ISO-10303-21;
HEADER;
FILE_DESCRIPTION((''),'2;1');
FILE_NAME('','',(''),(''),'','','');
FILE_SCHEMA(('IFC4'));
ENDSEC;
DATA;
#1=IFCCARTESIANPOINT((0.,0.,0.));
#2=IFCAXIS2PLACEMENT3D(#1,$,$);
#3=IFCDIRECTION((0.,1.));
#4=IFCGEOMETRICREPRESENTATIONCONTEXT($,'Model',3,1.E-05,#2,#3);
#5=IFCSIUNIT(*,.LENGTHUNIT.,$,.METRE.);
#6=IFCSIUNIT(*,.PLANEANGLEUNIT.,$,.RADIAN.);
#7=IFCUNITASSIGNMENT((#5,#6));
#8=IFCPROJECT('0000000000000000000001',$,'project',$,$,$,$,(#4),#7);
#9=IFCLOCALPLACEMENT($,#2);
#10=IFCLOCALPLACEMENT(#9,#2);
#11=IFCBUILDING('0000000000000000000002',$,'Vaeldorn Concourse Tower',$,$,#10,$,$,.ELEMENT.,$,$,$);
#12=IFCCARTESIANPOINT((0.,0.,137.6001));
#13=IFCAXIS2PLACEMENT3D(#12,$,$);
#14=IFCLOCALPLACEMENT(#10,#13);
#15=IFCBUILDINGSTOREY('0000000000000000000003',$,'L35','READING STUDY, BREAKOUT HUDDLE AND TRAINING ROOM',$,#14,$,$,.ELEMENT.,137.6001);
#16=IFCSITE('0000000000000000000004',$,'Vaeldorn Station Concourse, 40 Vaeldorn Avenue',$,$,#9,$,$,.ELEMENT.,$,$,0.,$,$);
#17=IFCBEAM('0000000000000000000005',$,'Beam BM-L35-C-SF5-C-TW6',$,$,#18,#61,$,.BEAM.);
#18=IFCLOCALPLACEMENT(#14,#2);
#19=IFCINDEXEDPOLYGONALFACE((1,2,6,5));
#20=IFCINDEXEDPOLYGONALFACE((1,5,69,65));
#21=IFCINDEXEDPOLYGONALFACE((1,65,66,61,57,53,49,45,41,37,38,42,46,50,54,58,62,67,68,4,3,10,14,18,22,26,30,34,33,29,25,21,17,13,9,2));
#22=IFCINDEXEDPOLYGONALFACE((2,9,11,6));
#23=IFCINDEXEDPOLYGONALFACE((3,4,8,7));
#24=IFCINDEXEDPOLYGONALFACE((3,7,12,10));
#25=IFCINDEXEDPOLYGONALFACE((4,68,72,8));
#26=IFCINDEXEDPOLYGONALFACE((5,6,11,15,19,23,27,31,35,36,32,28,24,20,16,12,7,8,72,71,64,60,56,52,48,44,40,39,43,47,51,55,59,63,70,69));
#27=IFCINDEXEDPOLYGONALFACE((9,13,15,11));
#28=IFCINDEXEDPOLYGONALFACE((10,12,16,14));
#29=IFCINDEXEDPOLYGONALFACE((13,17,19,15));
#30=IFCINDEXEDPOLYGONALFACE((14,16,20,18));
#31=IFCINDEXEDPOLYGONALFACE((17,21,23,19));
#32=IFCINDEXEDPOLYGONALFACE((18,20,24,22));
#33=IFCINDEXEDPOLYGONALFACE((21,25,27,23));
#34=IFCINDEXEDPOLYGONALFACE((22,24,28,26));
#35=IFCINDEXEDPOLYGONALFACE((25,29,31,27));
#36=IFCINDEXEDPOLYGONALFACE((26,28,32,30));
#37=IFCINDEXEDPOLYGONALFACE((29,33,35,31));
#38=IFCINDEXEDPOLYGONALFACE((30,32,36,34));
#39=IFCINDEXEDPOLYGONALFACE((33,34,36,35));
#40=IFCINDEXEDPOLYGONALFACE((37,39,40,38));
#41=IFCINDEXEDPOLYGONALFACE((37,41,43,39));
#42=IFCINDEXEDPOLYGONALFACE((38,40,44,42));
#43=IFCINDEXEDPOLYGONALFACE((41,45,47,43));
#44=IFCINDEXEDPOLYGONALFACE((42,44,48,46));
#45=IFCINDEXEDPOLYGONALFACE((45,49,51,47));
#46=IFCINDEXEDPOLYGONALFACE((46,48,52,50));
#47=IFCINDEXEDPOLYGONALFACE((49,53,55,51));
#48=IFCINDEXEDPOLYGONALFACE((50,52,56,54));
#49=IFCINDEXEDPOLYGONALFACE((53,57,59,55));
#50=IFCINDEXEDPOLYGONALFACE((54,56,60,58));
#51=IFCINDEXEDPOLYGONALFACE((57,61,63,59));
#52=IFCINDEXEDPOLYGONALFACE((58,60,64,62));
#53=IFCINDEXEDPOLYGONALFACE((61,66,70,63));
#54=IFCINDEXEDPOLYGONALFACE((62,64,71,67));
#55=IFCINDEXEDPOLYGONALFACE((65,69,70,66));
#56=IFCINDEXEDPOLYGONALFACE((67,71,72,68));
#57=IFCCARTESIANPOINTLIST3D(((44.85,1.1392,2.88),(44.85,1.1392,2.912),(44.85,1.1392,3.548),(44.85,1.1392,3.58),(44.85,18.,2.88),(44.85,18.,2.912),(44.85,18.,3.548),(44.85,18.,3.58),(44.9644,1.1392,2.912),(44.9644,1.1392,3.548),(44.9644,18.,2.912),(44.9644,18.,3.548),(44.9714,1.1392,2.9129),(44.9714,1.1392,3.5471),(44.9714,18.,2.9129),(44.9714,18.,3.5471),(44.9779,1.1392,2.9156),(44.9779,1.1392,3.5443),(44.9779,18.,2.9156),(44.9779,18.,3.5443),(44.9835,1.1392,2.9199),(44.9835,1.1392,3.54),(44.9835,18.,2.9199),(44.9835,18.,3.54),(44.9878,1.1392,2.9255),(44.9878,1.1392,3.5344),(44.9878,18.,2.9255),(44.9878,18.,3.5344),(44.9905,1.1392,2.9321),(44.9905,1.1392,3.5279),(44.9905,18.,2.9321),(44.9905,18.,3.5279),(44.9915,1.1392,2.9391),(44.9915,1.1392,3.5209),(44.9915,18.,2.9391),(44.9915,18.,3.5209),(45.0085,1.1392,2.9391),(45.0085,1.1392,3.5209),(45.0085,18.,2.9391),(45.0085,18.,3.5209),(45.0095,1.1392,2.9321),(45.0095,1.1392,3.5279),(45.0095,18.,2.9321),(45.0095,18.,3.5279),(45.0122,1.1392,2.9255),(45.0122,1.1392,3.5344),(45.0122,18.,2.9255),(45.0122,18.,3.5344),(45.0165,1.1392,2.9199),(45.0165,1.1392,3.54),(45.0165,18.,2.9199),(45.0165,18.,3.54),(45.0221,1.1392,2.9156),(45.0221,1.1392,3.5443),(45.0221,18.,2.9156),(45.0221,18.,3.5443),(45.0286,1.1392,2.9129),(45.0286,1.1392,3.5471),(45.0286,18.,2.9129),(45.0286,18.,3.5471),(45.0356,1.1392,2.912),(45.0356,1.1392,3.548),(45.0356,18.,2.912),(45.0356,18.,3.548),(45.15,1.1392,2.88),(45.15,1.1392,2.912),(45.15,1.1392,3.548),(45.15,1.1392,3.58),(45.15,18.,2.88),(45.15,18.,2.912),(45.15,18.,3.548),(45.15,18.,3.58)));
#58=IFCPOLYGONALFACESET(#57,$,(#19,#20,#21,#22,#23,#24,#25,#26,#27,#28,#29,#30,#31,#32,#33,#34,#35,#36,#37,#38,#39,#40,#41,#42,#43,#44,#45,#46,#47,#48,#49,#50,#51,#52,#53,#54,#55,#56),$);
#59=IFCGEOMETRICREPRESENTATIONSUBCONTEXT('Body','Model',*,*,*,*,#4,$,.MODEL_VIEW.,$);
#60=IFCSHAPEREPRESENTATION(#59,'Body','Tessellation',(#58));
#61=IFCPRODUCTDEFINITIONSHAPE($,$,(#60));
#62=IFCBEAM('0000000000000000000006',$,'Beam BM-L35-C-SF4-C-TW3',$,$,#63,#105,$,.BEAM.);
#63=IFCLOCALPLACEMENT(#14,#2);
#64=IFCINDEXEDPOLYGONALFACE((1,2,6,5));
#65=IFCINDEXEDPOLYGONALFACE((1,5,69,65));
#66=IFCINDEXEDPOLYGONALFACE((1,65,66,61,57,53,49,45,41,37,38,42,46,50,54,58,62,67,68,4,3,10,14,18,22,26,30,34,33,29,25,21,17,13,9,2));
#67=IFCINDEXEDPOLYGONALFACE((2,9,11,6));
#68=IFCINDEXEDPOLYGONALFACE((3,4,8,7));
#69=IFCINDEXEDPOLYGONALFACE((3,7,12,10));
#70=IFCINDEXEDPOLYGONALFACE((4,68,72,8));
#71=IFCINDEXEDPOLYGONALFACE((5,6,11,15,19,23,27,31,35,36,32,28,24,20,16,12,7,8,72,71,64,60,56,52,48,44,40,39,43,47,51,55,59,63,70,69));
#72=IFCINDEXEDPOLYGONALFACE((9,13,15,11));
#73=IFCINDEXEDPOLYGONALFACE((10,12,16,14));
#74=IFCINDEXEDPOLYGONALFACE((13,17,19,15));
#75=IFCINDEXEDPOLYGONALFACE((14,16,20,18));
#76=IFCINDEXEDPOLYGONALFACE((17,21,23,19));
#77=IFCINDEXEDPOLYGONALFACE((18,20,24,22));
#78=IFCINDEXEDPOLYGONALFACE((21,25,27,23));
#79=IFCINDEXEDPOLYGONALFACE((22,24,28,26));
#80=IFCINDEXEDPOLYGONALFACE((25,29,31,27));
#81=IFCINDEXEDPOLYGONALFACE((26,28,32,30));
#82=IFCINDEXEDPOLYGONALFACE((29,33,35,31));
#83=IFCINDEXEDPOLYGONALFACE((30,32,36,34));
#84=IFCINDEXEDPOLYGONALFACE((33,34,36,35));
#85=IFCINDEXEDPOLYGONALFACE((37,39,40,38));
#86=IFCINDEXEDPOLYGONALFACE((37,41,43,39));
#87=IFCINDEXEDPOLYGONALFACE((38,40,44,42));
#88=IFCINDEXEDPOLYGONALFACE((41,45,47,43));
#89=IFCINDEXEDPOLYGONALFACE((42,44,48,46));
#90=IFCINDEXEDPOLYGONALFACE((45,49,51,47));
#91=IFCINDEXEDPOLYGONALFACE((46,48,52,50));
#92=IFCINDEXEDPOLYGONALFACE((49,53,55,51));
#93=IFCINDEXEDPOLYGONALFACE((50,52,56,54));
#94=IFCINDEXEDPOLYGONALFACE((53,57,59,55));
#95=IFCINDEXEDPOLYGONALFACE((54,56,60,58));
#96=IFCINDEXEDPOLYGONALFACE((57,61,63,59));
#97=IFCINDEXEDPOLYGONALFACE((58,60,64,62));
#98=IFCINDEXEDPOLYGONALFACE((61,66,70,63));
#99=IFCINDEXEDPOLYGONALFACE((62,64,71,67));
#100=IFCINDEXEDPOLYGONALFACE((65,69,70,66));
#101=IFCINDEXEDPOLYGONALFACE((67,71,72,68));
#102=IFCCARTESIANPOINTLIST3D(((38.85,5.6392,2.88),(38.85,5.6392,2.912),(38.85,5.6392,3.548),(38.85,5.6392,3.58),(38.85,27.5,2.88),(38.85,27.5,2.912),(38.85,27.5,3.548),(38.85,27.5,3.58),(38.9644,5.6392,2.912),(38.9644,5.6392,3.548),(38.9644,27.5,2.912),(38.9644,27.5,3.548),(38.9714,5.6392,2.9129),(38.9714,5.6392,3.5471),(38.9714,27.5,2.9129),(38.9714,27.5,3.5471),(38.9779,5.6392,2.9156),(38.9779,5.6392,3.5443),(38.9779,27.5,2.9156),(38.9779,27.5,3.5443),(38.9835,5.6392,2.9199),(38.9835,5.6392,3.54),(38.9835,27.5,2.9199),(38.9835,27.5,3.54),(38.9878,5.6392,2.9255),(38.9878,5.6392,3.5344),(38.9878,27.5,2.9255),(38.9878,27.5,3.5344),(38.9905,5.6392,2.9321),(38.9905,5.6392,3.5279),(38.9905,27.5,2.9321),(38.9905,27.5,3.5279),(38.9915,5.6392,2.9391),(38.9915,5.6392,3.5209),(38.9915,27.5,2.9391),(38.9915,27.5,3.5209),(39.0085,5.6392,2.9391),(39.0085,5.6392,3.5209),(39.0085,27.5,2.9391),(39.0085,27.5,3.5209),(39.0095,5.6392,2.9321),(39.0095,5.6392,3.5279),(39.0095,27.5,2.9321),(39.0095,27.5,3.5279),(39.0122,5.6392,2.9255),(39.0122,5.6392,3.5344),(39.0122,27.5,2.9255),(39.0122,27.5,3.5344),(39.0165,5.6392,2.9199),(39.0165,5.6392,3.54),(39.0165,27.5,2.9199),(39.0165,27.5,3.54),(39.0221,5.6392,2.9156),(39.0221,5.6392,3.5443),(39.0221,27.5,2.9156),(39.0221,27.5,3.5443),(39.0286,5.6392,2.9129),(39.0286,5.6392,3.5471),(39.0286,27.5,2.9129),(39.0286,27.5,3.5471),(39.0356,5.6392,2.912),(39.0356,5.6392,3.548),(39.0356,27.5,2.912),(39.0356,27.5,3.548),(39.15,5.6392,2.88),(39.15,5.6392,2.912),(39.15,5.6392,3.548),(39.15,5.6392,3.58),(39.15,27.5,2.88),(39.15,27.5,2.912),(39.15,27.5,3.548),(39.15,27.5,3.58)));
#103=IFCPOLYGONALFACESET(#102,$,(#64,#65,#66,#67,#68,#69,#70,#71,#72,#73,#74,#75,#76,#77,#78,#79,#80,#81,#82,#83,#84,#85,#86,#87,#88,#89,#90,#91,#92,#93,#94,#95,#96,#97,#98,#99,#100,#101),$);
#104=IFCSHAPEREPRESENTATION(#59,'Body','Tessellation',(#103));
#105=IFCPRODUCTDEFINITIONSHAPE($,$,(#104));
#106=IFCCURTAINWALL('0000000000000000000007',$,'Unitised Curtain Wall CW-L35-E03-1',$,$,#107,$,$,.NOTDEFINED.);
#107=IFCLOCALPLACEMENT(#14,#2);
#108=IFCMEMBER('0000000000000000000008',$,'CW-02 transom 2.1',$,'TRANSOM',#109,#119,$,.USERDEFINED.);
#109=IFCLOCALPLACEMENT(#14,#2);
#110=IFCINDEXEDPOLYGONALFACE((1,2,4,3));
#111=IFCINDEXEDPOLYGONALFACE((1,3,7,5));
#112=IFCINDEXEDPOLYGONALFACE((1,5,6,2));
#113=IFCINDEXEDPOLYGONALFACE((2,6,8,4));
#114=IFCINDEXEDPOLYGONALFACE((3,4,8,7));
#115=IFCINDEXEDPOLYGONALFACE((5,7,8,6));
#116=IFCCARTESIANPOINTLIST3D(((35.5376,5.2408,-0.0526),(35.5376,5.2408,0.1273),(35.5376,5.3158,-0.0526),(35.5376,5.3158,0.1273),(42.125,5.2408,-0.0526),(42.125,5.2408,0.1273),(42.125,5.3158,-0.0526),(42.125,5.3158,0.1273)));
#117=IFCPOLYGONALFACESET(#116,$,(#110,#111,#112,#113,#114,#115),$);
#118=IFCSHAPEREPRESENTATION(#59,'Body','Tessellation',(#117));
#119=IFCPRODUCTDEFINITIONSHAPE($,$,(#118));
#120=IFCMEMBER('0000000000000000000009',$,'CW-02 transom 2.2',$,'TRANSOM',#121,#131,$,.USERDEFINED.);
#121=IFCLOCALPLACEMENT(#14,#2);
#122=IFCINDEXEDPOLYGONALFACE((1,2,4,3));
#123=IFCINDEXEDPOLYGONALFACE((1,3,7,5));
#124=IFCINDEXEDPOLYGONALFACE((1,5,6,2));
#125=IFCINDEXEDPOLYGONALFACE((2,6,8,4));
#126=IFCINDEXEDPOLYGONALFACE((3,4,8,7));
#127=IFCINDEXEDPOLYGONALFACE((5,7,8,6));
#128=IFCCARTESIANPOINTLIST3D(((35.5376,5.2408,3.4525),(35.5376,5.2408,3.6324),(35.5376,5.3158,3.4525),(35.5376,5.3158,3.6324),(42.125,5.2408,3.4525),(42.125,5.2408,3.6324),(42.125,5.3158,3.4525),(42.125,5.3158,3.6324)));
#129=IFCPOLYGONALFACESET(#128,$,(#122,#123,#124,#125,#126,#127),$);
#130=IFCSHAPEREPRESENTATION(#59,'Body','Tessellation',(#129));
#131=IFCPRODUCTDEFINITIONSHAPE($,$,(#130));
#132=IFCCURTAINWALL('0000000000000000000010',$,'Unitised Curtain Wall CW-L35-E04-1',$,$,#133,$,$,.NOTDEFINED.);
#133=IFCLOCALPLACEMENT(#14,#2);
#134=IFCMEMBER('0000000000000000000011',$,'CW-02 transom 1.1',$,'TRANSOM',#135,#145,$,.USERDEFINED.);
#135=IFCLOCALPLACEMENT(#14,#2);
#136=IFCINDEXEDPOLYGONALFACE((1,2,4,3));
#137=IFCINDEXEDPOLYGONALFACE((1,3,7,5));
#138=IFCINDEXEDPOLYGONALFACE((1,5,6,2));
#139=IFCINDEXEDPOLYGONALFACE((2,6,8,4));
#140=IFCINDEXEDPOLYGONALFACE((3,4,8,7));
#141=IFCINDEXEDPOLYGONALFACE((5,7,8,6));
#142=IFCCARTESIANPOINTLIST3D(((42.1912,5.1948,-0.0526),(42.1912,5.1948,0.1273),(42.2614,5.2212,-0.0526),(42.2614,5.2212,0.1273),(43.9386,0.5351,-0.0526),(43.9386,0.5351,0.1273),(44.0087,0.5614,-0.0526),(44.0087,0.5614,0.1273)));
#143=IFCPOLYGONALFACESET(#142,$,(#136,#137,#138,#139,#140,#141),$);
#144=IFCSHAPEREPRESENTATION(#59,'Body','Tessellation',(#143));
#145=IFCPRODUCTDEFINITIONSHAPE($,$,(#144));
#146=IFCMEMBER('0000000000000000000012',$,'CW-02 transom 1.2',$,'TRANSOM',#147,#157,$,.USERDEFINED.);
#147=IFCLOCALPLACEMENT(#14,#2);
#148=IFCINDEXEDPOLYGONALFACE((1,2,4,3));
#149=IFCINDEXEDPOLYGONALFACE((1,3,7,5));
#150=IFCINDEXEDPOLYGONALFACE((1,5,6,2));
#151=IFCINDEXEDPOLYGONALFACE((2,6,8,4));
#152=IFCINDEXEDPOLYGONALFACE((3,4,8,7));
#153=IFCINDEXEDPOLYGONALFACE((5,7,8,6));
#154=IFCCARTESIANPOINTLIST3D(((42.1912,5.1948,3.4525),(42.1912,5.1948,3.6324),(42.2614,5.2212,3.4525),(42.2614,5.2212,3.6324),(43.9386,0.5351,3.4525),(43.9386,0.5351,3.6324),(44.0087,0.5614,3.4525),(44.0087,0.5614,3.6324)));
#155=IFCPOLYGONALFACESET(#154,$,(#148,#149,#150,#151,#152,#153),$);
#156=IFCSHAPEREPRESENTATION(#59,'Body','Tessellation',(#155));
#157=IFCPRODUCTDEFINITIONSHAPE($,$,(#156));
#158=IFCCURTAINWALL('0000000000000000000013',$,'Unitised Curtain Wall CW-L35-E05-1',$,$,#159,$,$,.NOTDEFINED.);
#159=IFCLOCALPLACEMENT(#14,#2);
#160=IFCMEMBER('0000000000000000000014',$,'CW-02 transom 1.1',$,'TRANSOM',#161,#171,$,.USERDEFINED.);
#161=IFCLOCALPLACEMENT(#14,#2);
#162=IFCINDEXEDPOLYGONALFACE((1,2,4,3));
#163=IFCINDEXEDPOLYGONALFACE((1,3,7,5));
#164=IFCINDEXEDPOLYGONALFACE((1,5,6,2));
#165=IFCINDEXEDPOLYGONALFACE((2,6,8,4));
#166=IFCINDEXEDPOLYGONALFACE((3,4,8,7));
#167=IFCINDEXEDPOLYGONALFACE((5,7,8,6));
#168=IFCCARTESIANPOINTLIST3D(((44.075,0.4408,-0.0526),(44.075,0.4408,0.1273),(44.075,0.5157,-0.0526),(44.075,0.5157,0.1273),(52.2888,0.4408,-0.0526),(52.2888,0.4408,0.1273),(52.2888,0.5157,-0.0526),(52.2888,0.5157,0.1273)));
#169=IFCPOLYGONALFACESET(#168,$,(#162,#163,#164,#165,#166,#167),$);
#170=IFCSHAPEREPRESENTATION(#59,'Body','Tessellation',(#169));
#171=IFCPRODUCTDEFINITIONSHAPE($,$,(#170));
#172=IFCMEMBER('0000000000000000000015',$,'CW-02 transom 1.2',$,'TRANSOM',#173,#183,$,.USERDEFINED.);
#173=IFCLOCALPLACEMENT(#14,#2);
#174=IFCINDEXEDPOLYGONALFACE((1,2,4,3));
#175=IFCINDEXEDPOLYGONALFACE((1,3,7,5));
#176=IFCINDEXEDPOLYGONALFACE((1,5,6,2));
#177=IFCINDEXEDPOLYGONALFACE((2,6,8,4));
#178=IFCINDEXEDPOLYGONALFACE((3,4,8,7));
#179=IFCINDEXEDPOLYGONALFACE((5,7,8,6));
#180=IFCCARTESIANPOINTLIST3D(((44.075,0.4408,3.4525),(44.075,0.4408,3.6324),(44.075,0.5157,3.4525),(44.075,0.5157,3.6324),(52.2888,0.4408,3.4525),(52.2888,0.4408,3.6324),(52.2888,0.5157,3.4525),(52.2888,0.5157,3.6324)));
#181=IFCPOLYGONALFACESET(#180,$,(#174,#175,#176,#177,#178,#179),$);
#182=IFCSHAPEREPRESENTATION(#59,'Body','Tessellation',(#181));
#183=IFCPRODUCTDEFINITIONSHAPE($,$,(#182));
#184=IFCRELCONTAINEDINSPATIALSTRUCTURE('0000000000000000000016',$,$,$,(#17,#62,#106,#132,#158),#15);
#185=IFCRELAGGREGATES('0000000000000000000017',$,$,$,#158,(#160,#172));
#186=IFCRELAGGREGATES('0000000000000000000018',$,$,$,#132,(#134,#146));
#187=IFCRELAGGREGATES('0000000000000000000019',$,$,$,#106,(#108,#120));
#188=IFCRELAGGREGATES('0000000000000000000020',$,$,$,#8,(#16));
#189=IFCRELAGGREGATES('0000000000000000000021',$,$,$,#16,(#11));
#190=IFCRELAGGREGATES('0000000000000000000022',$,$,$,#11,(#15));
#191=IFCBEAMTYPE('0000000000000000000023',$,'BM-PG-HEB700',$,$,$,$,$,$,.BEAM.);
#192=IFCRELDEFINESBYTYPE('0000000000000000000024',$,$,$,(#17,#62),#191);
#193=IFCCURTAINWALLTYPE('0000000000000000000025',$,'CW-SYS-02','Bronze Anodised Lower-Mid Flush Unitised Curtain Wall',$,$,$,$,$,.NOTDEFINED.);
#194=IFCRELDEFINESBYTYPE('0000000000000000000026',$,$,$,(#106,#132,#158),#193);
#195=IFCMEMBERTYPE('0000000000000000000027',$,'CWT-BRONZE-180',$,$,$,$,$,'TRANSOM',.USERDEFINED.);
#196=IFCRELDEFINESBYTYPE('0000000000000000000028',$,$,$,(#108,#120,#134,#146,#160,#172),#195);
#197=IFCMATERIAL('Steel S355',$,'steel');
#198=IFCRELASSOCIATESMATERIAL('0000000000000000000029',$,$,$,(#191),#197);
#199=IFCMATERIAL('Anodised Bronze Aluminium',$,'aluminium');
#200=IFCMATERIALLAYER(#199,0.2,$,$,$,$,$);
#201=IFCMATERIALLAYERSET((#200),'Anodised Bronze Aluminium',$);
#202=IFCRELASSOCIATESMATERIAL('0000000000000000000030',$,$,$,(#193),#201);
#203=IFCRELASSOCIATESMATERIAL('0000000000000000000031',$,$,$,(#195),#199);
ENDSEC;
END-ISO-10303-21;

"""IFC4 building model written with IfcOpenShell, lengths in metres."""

from ifc_helpers import new_model, si_unit, direction, frame, origin, origin_2d, place, context, subcontext, project, spatial, rectangle, i_section, extrude, source, transform, mapped, material, layer, layer_set, material_profile, profile_set, type_object, element, aggregate, save


model = new_model("IFC4")

# Units and contexts
model_context = context("Model", 3, precision=1e-05, world=origin(), true_north=direction((0.0, 1.0)))
body_context = subcontext(model_context, "Body", "Model", "MODEL_VIEW")
ifc_project = project(units=[si_unit("LENGTHUNIT", "METRE"), si_unit("PLANEANGLEUNIT", "RADIAN")], contexts=[model_context])

# Site, building, storey
site_placement = place(None, origin())
site = spatial("IfcSite", under=ifc_project, at=site_placement, Name="Vaeldorn Station Concourse, 40 Vaeldorn Avenue", CompositionType="ELEMENT", RefElevation=0.0)
building_placement = place(site_placement, origin())
building = spatial("IfcBuilding", under=site, at=building_placement, Name="Vaeldorn Concourse Tower", CompositionType="ELEMENT")
storey_placement = place(building_placement, frame((0.0, 0.0, 137.6001)))
storey = spatial("IfcBuildingStorey", under=building, at=storey_placement, Name="L35", Description="READING STUDY, BREAKOUT HUDDLE AND TRAINING ROOM", CompositionType="ELEMENT", Elevation=137.6001)

# Beams
ifc_material_1 = material(Name="Steel S355", Category="steel")
ifc_material_profile_1 = material_profile(ifc_material_1, i_section(OverallWidth=0.3, OverallDepth=0.7, WebThickness=0.0171, FlangeThickness=0.032, FilletRadius=0.0271, at=origin_2d()), Name="HEB 700")
ifc_profile_set_1 = profile_set([ifc_material_profile_1], Name="Steel S355")
beam_type_1 = type_object("IfcBeamType", Name="BM-PG-HEB700", PredefinedType="BEAM", material=ifc_profile_set_1)
shared_shape_1 = source(origin(), body_context, "Body", "SweptSolid", [
    extrude(i_section(OverallWidth=0.3, OverallDepth=0.7, WebThickness=0.0171, FlangeThickness=0.032, FilletRadius=0.0271, at=origin_2d()), origin(), (0.0, 0.0, 1.0), 16.8608),
])
beam_1_placement = place(storey_placement, frame((45.0, 1.1392, 3.23), z_axis=(0.0, 1.0, 0.0), x_axis=(-1.0, 0.0, 0.0)))
element("IfcBeam", 1, at=beam_1_placement, inside=storey, type_object=beam_type_1, Name="Beam BM-L35-C-SF5-C-TW6", PredefinedType="BEAM", context=body_context, shape_type="MappedRepresentation", body=[
    mapped(shared_shape_1, transform((0.0, 0.0, 0.0), scale=1.0)),
])
shared_shape_2 = source(origin(), body_context, "Body", "SweptSolid", [
    extrude(i_section(OverallWidth=0.3, OverallDepth=0.7, WebThickness=0.0171, FlangeThickness=0.032, FilletRadius=0.0271, at=origin_2d()), origin(), (0.0, 0.0, 1.0), 21.8608),
])
beam_2_placement = place(storey_placement, frame((39.0, 5.6392, 3.23), z_axis=(0.0, 1.0, 0.0), x_axis=(-1.0, 0.0, 0.0)))
element("IfcBeam", 2, at=beam_2_placement, inside=storey, type_object=beam_type_1, Name="Beam BM-L35-C-SF4-C-TW3", PredefinedType="BEAM", context=body_context, shape_type="MappedRepresentation", body=[
    mapped(shared_shape_2, transform((0.0, 0.0, 0.0), scale=1.0)),
])

# Curtain walls, members
ifc_material_2 = material(Name="Anodised Bronze Aluminium", Category="aluminium")
ifc_layer_1 = layer(ifc_material_2, 0.2)
ifc_layer_set_1 = layer_set([ifc_layer_1], Name="Anodised Bronze Aluminium")
curtain_wall_type = type_object("IfcCurtainWallType", Name="CW-SYS-02", Description="Bronze Anodised Lower-Mid Flush Unitised Curtain Wall", PredefinedType="NOTDEFINED", material=ifc_layer_set_1)
curtain_wall_1_placement = place(storey_placement, origin())
curtain_wall_1 = element("IfcCurtainWall", 3, at=curtain_wall_1_placement, inside=storey, type_object=curtain_wall_type, Name="Unitised Curtain Wall CW-L35-E03-1", PredefinedType="NOTDEFINED")
ifc_material_profile_2 = material_profile(ifc_material_2, rectangle(XDim=0.075, YDim=0.1799, at=origin_2d()), Name="CWT 75x180")
ifc_profile_set_2 = profile_set([ifc_material_profile_2], Name="Anodised Bronze Aluminium")
member_type_1 = type_object("IfcMemberType", Name="CWT-BRONZE-180", ElementType="TRANSOM", PredefinedType="USERDEFINED", material=ifc_profile_set_2)
shared_shape_3 = source(origin(), body_context, "Body", "SweptSolid", [
    extrude(rectangle(XDim=0.075, YDim=0.1799, at=origin_2d()), origin(), (0.0, 0.0, 1.0), 6.5874),
])
member_1_placement = place(storey_placement, frame((35.5376, 5.2783, 0.0374), z_axis=(1.0, 0.0, 0.0), x_axis=(0.0, 1.0, 0.0)))
member_1 = element("IfcMember", 4, at=member_1_placement, type_object=member_type_1, Name="CW-02 transom 2.1", ObjectType="TRANSOM", PredefinedType="USERDEFINED", context=body_context, shape_type="MappedRepresentation", body=[
    mapped(shared_shape_3, transform((0.0, 0.0, 0.0), scale=1.0)),
])
member_2_placement = place(storey_placement, frame((35.5376, 5.2783, 3.5425), z_axis=(1.0, 0.0, 0.0), x_axis=(0.0, 1.0, 0.0)))
member_2 = element("IfcMember", 5, at=member_2_placement, type_object=member_type_1, Name="CW-02 transom 2.2", ObjectType="TRANSOM", PredefinedType="USERDEFINED", context=body_context, shape_type="MappedRepresentation", body=[
    mapped(shared_shape_3, transform((0.0, 0.0, 0.0), scale=1.0)),
])
curtain_wall_2_placement = place(storey_placement, origin())
curtain_wall_2 = element("IfcCurtainWall", 6, at=curtain_wall_2_placement, inside=storey, type_object=curtain_wall_type, Name="Unitised Curtain Wall CW-L35-E04-1", PredefinedType="NOTDEFINED")
shared_shape_4 = source(origin(), body_context, "Body", "SweptSolid", [
    extrude(rectangle(XDim=0.075, YDim=0.1799, at=origin_2d()), origin(), (0.0, 0.0, 1.0), 4.9766),
])
member_3_placement = place(storey_placement, frame((42.2263, 5.208, 0.0374), z_axis=(0.351113, -0.936333, 0.0), x_axis=(0.936333, 0.351113, 0.0)))
member_3 = element("IfcMember", 7, at=member_3_placement, type_object=member_type_1, Name="CW-02 transom 1.1", ObjectType="TRANSOM", PredefinedType="USERDEFINED", context=body_context, shape_type="MappedRepresentation", body=[
    mapped(shared_shape_4, transform((0.0, 0.0, 0.0), scale=1.0)),
])
member_4_placement = place(storey_placement, frame((42.2263, 5.208, 3.5425), z_axis=(0.351113, -0.936333, 0.0), x_axis=(0.936333, 0.351113, 0.0)))
member_4 = element("IfcMember", 8, at=member_4_placement, type_object=member_type_1, Name="CW-02 transom 1.2", ObjectType="TRANSOM", PredefinedType="USERDEFINED", context=body_context, shape_type="MappedRepresentation", body=[
    mapped(shared_shape_4, transform((0.0, 0.0, 0.0), scale=1.0)),
])
curtain_wall_3_placement = place(storey_placement, origin())
curtain_wall_3 = element("IfcCurtainWall", 9, at=curtain_wall_3_placement, inside=storey, type_object=curtain_wall_type, Name="Unitised Curtain Wall CW-L35-E05-1", PredefinedType="NOTDEFINED")
shared_shape_5 = source(origin(), body_context, "Body", "SweptSolid", [
    extrude(rectangle(XDim=0.075, YDim=0.1799, at=origin_2d()), origin(), (0.0, 0.0, 1.0), 8.2139),
])
member_5_placement = place(storey_placement, frame((44.075, 0.4783, 0.0374), z_axis=(1.0, 0.0, 0.0), x_axis=(0.0, 1.0, 0.0)))
member_5 = element("IfcMember", 10, at=member_5_placement, type_object=member_type_1, Name="CW-02 transom 1.1", ObjectType="TRANSOM", PredefinedType="USERDEFINED", context=body_context, shape_type="MappedRepresentation", body=[
    mapped(shared_shape_5, transform((0.0, 0.0, 0.0), scale=1.0)),
])
member_6_placement = place(storey_placement, frame((44.075, 0.4783, 3.5425), z_axis=(1.0, 0.0, 0.0), x_axis=(0.0, 1.0, 0.0)))
member_6 = element("IfcMember", 11, at=member_6_placement, type_object=member_type_1, Name="CW-02 transom 1.2", ObjectType="TRANSOM", PredefinedType="USERDEFINED", context=body_context, shape_type="MappedRepresentation", body=[
    mapped(shared_shape_5, transform((0.0, 0.0, 0.0), scale=1.0)),
])

aggregate(curtain_wall_3, [member_5, member_6])

aggregate(curtain_wall_2, [member_3, member_4])
aggregate(curtain_wall_1, [member_1, member_2])

save(model, "model.ifc")
